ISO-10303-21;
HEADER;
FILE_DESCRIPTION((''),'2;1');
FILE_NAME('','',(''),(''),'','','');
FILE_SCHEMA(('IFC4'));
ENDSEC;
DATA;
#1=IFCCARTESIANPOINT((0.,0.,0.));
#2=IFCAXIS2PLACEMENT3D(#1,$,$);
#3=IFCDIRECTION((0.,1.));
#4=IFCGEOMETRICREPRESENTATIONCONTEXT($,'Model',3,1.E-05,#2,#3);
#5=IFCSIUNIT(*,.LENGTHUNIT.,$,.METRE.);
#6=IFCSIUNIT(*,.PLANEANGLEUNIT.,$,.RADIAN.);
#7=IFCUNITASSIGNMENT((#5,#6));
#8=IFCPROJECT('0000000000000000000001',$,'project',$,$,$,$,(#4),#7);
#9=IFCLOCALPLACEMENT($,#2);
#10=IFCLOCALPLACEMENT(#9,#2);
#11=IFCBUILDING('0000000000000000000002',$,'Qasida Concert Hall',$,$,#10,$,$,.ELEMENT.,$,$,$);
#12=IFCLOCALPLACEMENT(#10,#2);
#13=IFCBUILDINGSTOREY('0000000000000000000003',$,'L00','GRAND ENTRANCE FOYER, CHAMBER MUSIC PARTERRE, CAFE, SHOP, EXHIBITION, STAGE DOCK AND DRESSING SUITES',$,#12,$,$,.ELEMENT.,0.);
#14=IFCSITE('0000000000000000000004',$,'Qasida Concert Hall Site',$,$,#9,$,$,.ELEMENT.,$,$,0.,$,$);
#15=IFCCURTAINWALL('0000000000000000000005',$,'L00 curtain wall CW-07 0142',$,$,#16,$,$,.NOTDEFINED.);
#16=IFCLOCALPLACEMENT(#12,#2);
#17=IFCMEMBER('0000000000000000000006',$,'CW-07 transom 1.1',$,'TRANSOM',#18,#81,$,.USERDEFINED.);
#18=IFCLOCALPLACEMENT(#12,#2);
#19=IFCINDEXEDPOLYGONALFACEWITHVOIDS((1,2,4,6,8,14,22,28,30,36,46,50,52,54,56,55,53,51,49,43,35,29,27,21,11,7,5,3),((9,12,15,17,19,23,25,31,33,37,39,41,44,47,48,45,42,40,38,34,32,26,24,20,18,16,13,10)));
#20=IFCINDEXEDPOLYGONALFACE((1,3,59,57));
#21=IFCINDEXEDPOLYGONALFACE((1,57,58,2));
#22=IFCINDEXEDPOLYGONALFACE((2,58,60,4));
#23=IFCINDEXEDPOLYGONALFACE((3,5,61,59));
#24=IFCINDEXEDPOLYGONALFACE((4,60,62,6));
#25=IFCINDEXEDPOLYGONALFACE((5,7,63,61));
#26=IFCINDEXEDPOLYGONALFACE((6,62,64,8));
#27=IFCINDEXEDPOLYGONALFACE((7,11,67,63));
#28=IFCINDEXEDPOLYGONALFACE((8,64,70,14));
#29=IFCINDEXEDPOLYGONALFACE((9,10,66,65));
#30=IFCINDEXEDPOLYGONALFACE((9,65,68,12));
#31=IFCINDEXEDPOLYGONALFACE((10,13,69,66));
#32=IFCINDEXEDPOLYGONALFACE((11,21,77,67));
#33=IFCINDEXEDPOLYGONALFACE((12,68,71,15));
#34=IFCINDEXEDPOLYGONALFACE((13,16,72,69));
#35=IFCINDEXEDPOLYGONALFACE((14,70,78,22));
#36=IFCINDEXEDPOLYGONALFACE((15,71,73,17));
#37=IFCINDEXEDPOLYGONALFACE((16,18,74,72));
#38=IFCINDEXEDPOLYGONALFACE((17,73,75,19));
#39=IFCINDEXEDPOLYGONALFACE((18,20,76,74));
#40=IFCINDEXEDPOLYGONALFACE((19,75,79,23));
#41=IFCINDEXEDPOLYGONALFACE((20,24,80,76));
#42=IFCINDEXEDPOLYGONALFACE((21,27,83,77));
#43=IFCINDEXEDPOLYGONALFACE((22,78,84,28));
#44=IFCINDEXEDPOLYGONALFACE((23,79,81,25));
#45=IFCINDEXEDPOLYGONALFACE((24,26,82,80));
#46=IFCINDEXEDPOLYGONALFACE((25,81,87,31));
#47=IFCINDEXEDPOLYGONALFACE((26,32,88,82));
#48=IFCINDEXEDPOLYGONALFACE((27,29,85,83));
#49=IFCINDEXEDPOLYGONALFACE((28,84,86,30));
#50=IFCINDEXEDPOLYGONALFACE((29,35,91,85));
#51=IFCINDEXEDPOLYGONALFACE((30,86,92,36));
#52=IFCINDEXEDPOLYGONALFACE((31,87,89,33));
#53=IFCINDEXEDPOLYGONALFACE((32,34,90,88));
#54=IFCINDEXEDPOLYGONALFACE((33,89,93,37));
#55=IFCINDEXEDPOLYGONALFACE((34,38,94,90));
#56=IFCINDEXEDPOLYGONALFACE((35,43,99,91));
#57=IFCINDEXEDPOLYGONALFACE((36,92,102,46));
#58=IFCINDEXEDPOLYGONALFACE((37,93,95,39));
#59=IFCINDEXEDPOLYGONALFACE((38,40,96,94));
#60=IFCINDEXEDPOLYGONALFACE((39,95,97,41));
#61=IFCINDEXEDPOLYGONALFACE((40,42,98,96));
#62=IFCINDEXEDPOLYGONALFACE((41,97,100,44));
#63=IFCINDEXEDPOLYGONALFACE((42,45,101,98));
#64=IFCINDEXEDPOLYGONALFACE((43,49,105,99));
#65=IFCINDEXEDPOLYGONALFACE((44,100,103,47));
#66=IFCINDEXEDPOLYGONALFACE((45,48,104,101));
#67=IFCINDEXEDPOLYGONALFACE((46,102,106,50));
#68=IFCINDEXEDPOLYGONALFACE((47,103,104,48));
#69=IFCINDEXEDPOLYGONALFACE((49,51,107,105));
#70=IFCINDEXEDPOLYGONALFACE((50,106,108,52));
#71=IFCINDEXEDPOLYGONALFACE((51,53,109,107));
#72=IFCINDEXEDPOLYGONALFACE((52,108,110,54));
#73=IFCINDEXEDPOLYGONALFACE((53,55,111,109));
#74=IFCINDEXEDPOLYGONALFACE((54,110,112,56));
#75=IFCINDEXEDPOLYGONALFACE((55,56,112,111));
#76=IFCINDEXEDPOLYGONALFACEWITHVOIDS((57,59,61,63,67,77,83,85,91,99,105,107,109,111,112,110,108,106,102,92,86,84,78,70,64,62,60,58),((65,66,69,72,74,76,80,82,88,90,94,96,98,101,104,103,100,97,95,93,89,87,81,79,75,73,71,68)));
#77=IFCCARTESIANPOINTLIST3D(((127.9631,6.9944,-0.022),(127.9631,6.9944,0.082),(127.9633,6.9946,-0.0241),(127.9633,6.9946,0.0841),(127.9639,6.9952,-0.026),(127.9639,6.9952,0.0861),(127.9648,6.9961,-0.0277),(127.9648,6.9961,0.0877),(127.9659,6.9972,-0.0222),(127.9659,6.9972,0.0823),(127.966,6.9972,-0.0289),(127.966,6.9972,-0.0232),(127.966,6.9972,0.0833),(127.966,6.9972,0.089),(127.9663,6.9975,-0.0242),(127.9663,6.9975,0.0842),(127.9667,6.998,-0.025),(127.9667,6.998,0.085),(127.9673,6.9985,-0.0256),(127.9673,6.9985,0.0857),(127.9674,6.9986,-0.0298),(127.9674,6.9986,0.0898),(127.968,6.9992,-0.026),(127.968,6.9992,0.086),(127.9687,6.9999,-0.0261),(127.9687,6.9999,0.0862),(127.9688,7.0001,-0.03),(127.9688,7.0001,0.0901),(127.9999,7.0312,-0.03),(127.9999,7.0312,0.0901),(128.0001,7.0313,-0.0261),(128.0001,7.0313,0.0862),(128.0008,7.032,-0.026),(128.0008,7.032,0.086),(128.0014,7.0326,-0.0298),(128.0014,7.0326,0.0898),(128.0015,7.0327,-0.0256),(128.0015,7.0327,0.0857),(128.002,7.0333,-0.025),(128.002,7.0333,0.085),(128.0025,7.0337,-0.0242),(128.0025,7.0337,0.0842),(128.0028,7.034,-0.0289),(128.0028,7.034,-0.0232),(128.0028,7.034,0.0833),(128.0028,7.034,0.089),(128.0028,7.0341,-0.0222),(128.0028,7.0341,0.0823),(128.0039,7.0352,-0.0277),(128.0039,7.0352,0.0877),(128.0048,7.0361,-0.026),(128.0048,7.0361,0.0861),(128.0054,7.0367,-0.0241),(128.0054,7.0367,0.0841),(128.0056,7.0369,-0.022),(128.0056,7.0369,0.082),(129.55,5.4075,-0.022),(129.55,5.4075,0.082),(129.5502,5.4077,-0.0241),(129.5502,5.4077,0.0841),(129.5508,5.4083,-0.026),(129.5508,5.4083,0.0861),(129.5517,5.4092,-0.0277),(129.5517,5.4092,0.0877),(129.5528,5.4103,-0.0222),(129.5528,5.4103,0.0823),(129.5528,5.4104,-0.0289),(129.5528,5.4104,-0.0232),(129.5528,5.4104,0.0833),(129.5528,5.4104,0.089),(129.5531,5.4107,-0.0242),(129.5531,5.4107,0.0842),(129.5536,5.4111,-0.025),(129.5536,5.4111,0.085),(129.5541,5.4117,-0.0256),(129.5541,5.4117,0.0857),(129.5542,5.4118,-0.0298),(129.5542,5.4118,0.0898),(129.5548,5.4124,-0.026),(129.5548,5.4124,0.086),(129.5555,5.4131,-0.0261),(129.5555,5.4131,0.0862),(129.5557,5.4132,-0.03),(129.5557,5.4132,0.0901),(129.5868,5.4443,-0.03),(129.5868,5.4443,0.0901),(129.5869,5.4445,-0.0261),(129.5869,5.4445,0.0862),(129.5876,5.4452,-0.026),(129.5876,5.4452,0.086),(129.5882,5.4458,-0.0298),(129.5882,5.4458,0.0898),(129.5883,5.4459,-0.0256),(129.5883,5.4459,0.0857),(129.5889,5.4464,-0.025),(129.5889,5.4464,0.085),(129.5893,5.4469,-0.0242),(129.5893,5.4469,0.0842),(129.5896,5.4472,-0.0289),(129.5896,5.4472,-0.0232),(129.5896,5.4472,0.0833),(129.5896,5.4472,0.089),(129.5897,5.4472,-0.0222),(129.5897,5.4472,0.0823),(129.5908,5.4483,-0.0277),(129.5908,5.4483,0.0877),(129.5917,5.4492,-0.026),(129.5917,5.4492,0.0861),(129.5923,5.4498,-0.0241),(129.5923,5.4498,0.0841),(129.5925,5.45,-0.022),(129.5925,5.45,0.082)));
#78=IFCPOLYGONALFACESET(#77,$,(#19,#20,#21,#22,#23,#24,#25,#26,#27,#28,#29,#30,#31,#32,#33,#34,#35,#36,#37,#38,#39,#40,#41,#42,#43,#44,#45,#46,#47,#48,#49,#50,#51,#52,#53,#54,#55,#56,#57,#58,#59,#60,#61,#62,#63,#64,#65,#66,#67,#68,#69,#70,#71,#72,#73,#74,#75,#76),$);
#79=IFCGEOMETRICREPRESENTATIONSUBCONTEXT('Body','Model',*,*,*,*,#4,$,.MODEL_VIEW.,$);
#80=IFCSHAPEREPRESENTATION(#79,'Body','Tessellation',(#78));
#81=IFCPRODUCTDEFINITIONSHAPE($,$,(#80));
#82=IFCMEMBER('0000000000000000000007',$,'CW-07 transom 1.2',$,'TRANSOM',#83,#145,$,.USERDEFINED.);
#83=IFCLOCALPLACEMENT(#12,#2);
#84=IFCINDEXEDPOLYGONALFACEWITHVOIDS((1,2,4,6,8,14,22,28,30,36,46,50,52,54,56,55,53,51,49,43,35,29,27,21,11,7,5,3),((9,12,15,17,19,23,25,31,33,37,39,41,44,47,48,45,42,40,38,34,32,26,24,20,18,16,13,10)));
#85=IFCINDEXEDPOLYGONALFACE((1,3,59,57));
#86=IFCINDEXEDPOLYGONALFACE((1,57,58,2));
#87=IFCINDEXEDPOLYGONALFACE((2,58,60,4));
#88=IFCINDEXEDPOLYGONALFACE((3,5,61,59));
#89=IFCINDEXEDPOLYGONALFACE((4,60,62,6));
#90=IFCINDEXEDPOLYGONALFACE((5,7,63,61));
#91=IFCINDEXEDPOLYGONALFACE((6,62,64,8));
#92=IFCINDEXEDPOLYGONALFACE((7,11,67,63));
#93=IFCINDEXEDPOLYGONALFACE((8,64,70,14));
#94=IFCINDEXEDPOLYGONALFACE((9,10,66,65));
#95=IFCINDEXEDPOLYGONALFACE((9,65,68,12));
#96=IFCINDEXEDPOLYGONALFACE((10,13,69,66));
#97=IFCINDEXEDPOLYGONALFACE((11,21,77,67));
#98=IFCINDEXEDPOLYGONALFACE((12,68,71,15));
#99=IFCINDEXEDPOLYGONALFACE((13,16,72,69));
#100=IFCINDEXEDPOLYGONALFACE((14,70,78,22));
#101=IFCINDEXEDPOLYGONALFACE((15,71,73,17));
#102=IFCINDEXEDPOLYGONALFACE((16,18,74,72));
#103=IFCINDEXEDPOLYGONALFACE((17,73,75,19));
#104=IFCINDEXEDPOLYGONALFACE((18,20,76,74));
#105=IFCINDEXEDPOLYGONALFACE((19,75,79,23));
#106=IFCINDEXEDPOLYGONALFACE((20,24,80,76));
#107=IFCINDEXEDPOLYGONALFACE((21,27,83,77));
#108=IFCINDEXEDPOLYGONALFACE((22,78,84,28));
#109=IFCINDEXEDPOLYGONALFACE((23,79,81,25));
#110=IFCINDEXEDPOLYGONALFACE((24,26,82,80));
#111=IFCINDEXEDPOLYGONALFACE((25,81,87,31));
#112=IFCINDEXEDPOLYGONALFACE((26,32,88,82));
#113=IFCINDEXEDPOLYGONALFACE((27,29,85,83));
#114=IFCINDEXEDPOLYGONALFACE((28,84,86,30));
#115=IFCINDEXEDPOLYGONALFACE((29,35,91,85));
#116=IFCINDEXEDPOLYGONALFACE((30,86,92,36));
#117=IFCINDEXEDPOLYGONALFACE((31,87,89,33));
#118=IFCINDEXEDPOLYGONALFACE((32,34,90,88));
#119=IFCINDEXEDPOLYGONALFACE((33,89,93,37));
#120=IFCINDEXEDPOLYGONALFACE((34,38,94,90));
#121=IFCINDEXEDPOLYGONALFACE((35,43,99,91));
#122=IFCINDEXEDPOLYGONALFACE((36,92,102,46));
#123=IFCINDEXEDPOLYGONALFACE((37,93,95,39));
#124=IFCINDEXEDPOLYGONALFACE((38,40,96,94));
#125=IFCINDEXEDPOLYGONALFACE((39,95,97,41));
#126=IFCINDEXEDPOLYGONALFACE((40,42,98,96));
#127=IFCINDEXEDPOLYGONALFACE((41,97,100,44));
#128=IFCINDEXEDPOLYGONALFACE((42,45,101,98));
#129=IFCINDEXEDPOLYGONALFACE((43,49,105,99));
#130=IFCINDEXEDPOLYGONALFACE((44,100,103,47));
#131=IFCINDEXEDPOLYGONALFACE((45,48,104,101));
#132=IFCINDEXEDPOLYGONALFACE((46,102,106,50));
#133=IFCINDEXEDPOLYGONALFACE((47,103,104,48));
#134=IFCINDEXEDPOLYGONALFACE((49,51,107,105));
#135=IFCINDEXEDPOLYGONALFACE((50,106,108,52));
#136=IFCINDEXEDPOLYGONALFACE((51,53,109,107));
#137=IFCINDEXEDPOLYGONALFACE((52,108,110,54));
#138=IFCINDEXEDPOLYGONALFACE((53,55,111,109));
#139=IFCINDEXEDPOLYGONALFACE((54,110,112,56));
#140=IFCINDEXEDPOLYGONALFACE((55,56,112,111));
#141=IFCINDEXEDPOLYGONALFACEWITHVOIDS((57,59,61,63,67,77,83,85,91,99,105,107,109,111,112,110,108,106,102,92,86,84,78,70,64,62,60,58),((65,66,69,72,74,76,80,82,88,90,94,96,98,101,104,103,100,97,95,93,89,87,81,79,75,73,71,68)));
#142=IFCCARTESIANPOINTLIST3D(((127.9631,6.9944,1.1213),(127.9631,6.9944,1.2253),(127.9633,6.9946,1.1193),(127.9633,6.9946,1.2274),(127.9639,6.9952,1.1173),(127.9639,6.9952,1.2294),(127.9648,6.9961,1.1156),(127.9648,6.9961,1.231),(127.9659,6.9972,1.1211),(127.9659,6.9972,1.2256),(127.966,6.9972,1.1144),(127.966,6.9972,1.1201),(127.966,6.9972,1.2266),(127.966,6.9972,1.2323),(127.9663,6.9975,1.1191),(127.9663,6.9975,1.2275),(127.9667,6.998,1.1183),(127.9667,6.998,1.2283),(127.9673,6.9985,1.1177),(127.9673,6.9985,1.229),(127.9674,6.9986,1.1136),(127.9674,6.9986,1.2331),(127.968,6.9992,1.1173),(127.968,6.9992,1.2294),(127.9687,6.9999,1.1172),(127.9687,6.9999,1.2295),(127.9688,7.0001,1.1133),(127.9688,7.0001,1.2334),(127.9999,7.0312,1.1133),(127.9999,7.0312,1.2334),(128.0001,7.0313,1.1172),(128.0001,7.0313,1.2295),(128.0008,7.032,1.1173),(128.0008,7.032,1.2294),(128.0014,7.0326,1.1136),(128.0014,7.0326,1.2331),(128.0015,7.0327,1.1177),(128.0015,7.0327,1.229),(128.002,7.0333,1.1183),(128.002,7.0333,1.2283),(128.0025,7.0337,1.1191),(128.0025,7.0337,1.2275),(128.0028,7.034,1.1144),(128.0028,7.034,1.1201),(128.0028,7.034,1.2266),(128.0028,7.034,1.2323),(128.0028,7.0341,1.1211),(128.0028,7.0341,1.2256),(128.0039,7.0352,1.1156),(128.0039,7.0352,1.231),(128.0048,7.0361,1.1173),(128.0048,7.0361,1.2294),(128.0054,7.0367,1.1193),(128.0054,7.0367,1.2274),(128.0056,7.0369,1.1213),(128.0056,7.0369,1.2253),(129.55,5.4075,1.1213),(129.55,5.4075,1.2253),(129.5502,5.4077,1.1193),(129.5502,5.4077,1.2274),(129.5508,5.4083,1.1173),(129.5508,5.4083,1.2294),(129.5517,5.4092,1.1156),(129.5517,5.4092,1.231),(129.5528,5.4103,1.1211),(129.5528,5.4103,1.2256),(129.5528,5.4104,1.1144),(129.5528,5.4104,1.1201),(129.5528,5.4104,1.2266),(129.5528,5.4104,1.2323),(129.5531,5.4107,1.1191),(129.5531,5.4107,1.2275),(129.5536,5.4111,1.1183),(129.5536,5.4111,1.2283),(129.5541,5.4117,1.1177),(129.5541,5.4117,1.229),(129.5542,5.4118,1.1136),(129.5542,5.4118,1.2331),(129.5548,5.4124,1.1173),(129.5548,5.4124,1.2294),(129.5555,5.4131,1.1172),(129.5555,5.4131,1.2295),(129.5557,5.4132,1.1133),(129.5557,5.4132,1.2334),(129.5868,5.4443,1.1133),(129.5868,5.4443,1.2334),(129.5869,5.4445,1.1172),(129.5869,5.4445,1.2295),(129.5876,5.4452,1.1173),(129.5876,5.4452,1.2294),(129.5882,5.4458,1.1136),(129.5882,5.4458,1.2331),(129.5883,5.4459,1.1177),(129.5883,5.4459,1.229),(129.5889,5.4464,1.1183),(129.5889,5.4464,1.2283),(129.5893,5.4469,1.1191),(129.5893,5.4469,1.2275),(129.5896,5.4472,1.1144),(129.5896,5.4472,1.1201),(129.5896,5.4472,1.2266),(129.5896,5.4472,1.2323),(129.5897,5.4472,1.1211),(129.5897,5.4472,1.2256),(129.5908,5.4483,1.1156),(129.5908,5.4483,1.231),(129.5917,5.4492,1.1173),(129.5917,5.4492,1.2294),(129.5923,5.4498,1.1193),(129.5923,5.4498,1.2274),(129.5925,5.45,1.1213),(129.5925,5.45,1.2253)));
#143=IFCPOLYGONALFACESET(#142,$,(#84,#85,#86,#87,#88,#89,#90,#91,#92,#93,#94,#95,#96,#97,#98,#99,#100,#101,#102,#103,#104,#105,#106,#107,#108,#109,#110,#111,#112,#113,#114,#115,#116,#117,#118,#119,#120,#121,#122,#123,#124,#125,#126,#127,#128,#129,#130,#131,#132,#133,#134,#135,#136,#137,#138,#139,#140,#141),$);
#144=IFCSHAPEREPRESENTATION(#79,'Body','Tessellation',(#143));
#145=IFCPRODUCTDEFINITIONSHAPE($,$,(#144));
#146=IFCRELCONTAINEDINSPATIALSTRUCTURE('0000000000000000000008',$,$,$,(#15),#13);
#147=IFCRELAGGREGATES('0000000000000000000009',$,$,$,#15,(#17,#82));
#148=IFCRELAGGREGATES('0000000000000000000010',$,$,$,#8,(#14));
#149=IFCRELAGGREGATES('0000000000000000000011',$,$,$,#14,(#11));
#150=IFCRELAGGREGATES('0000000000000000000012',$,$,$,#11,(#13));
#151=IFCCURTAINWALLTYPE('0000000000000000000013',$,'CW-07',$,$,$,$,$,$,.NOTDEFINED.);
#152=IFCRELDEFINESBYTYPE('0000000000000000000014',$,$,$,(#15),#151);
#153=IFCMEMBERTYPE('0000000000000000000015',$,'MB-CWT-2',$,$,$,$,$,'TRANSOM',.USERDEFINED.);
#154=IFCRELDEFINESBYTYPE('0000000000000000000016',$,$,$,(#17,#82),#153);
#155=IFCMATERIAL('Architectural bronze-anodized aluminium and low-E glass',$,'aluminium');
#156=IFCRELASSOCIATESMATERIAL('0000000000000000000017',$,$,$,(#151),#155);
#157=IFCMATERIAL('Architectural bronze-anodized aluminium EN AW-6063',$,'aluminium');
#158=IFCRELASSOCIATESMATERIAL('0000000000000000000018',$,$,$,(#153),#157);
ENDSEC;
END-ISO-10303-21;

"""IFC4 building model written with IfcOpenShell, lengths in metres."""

from ifc_helpers import new_model, si_unit, direction, frame, origin, origin_2d, place, context, subcontext, project, spatial, hollow_rectangle, extrude, material, material_profile, profile_set, type_object, element, aggregate, save


model = new_model("IFC4")

# Units and contexts
model_context = context("Model", 3, precision=1e-05, world=origin(), true_north=direction((0.0, 1.0)))
body_context = subcontext(model_context, "Body", "Model", "MODEL_VIEW")
ifc_project = project(units=[si_unit("LENGTHUNIT", "METRE"), si_unit("PLANEANGLEUNIT", "RADIAN")], contexts=[model_context])

# Site, building, storey
site_placement = place(None, origin())
site = spatial("IfcSite", under=ifc_project, at=site_placement, Name="Qasida Concert Hall Site", CompositionType="ELEMENT", RefElevation=0.0)
building_placement = place(site_placement, origin())
building = spatial("IfcBuilding", under=site, at=building_placement, Name="Qasida Concert Hall", CompositionType="ELEMENT")
storey_placement = place(building_placement, origin())
storey = spatial("IfcBuildingStorey", under=building, at=storey_placement, Name="L00", Description="GRAND ENTRANCE FOYER, CHAMBER MUSIC PARTERRE, CAFE, SHOP, EXHIBITION, STAGE DOCK AND DRESSING SUITES", CompositionType="ELEMENT", Elevation=0.0)

# Curtain wall, members
ifc_material_1 = material(Name="Architectural bronze-anodized aluminium and low-E glass", Category="aluminium")
curtain_wall_type = type_object("IfcCurtainWallType", Name="CW-07", PredefinedType="NOTDEFINED", material=ifc_material_1)
curtain_wall_placement = place(storey_placement, origin())
curtain_wall = element("IfcCurtainWall", 1, at=curtain_wall_placement, inside=storey, type_object=curtain_wall_type, Name="L00 curtain wall CW-07 0142", PredefinedType="NOTDEFINED")
ifc_material_2 = material(Name="Architectural bronze-anodized aluminium EN AW-6063", Category="aluminium")
ifc_material_profile_1 = material_profile(ifc_material_2, hollow_rectangle(XDim=0.0601, YDim=0.1201, WallThickness=0.0039, InnerFilletRadius=0.0039, OuterFilletRadius=0.0081, at=origin_2d()), Name="CWT 120x60x4")
ifc_profile_set_1 = profile_set([ifc_material_profile_1], Name="Architectural bronze-anodized aluminium EN AW-6063")
member_type_1 = type_object("IfcMemberType", Name="MB-CWT-2", ElementType="TRANSOM", PredefinedType="USERDEFINED", material=ifc_profile_set_1)
member_1_placement = place(storey_placement, frame((127.9844, 7.0156, 0.03), z_axis=(0.707107, -0.707107, 0.0), x_axis=(0.707107, 0.707107, 0.0)))
member_1 = element("IfcMember", 2, at=member_1_placement, type_object=member_type_1, Name="CW-07 transom 1.1", ObjectType="TRANSOM", PredefinedType="USERDEFINED", context=body_context, shape_type="SweptSolid", body=[
    extrude(hollow_rectangle(XDim=0.0601, YDim=0.1201, WallThickness=0.0039, InnerFilletRadius=0.0039, OuterFilletRadius=0.0081, at=origin_2d()), origin(), (0.0, 0.0, 1.0), 2.2441),
])
member_2_placement = place(storey_placement, frame((127.9844, 7.0156, 1.1733), z_axis=(0.707107, -0.707107, 0.0), x_axis=(0.707107, 0.707107, 0.0)))
member_2 = element("IfcMember", 3, at=member_2_placement, type_object=member_type_1, Name="CW-07 transom 1.2", ObjectType="TRANSOM", PredefinedType="USERDEFINED", context=body_context, shape_type="SweptSolid", body=[
    extrude(hollow_rectangle(XDim=0.0601, YDim=0.1201, WallThickness=0.0039, InnerFilletRadius=0.0039, OuterFilletRadius=0.0081, at=origin_2d()), origin(), (0.0, 0.0, 1.0), 2.2441),
])
aggregate(curtain_wall, [member_1, member_2])

save(model, "model.ifc")
